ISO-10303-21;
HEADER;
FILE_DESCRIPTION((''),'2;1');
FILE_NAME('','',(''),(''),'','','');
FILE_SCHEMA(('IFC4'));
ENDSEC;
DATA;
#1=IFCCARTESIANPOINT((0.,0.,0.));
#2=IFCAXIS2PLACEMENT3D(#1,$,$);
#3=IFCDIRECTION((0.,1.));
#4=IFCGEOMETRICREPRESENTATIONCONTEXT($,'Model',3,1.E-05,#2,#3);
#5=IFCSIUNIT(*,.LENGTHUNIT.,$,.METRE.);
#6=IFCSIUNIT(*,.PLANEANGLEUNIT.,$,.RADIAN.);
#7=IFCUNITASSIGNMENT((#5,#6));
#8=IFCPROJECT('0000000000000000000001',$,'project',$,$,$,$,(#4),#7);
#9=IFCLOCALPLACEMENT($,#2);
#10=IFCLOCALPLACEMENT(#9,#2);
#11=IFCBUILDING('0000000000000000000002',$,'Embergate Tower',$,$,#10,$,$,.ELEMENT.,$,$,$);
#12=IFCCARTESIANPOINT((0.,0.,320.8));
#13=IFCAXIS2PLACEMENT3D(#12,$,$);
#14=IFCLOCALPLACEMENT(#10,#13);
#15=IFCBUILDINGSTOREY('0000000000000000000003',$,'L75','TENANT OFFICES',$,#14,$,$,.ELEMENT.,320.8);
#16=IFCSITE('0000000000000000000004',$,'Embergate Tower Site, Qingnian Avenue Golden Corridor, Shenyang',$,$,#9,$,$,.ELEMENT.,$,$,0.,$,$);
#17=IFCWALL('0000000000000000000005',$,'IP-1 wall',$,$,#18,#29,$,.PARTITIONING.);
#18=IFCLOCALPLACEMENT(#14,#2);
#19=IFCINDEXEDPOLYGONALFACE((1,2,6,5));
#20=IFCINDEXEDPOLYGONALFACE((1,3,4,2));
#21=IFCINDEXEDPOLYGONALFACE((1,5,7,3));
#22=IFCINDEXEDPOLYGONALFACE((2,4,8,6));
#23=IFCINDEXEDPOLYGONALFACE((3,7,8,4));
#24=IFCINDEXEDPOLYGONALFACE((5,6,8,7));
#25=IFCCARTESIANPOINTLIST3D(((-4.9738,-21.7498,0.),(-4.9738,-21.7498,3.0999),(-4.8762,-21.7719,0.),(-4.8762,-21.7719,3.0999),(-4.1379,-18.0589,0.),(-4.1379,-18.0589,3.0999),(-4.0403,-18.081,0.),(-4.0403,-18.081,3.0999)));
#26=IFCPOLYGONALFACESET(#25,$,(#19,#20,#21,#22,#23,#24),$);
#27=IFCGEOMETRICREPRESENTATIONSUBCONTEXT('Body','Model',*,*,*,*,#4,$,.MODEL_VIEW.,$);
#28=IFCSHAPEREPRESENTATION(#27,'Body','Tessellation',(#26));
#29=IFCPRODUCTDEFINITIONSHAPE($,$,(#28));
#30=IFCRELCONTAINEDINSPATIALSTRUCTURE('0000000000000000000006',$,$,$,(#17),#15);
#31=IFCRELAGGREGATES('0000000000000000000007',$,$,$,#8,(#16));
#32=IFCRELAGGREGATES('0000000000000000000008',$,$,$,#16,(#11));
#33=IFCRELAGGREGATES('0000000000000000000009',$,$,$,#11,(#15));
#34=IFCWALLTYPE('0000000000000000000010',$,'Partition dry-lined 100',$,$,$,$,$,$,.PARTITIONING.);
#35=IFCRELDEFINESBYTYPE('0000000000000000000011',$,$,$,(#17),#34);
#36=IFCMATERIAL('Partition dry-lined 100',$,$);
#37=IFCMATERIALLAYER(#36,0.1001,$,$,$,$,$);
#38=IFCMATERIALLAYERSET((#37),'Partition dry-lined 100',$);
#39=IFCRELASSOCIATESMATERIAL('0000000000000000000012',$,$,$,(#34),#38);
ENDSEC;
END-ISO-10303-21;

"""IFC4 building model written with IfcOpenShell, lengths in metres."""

from ifc_helpers import new_model, si_unit, direction, frame, frame_2d, origin, place, context, subcontext, project, spatial, rectangle, extrude, source, transform, mapped, material, layer, layer_set, type_object, element, save


model = new_model("IFC4")

# Units and contexts
model_context = context("Model", 3, precision=1e-05, world=origin(), true_north=direction((0.0, 1.0)))
body_context = subcontext(model_context, "Body", "Model", "MODEL_VIEW")
ifc_project = project(units=[si_unit("LENGTHUNIT", "METRE"), si_unit("PLANEANGLEUNIT", "RADIAN")], contexts=[model_context])

# Site, building, storey
site_placement = place(None, origin())
site = spatial("IfcSite", under=ifc_project, at=site_placement, Name="Embergate Tower Site, Qingnian Avenue Golden Corridor, Shenyang", CompositionType="ELEMENT", RefElevation=0.0)
building_placement = place(site_placement, origin())
building = spatial("IfcBuilding", under=site, at=building_placement, Name="Embergate Tower", CompositionType="ELEMENT")
storey_placement = place(building_placement, frame((0.0, 0.0, 320.8)))
storey = spatial("IfcBuildingStorey", under=building, at=storey_placement, Name="L75", Description="TENANT OFFICES", CompositionType="ELEMENT", Elevation=320.8)

# Wall
ifc_material_1 = material(Name="Partition dry-lined 100")
ifc_layer_1 = layer(ifc_material_1, 0.1001)
ifc_layer_set_1 = layer_set([ifc_layer_1], Name="Partition dry-lined 100")
wall_type_1 = type_object("IfcWallType", Name="Partition dry-lined 100", PredefinedType="PARTITIONING", material=ifc_layer_set_1)
shared_shape_1 = source(origin(), body_context, "Body", "SweptSolid", [
    extrude(rectangle(XDim=3.7844, YDim=0.1001, at=frame_2d((1.8921, 0.0))), origin(), (0.0, 0.0, 1.0), 3.0999),
])
wall_1_placement = place(storey_placement, frame((-4.0891, -18.0701, 0.0), z_axis=(0.0, 0.0, 1.0), x_axis=(-0.22089, -0.975299, 0.0)))
element("IfcWall", 1, at=wall_1_placement, inside=storey, type_object=wall_type_1, Name="IP-1 wall", PredefinedType="PARTITIONING", context=body_context, shape_type="MappedRepresentation", body=[
    mapped(shared_shape_1, transform((0.0, 0.0, 0.0))),
])

save(model, "model.ifc")
